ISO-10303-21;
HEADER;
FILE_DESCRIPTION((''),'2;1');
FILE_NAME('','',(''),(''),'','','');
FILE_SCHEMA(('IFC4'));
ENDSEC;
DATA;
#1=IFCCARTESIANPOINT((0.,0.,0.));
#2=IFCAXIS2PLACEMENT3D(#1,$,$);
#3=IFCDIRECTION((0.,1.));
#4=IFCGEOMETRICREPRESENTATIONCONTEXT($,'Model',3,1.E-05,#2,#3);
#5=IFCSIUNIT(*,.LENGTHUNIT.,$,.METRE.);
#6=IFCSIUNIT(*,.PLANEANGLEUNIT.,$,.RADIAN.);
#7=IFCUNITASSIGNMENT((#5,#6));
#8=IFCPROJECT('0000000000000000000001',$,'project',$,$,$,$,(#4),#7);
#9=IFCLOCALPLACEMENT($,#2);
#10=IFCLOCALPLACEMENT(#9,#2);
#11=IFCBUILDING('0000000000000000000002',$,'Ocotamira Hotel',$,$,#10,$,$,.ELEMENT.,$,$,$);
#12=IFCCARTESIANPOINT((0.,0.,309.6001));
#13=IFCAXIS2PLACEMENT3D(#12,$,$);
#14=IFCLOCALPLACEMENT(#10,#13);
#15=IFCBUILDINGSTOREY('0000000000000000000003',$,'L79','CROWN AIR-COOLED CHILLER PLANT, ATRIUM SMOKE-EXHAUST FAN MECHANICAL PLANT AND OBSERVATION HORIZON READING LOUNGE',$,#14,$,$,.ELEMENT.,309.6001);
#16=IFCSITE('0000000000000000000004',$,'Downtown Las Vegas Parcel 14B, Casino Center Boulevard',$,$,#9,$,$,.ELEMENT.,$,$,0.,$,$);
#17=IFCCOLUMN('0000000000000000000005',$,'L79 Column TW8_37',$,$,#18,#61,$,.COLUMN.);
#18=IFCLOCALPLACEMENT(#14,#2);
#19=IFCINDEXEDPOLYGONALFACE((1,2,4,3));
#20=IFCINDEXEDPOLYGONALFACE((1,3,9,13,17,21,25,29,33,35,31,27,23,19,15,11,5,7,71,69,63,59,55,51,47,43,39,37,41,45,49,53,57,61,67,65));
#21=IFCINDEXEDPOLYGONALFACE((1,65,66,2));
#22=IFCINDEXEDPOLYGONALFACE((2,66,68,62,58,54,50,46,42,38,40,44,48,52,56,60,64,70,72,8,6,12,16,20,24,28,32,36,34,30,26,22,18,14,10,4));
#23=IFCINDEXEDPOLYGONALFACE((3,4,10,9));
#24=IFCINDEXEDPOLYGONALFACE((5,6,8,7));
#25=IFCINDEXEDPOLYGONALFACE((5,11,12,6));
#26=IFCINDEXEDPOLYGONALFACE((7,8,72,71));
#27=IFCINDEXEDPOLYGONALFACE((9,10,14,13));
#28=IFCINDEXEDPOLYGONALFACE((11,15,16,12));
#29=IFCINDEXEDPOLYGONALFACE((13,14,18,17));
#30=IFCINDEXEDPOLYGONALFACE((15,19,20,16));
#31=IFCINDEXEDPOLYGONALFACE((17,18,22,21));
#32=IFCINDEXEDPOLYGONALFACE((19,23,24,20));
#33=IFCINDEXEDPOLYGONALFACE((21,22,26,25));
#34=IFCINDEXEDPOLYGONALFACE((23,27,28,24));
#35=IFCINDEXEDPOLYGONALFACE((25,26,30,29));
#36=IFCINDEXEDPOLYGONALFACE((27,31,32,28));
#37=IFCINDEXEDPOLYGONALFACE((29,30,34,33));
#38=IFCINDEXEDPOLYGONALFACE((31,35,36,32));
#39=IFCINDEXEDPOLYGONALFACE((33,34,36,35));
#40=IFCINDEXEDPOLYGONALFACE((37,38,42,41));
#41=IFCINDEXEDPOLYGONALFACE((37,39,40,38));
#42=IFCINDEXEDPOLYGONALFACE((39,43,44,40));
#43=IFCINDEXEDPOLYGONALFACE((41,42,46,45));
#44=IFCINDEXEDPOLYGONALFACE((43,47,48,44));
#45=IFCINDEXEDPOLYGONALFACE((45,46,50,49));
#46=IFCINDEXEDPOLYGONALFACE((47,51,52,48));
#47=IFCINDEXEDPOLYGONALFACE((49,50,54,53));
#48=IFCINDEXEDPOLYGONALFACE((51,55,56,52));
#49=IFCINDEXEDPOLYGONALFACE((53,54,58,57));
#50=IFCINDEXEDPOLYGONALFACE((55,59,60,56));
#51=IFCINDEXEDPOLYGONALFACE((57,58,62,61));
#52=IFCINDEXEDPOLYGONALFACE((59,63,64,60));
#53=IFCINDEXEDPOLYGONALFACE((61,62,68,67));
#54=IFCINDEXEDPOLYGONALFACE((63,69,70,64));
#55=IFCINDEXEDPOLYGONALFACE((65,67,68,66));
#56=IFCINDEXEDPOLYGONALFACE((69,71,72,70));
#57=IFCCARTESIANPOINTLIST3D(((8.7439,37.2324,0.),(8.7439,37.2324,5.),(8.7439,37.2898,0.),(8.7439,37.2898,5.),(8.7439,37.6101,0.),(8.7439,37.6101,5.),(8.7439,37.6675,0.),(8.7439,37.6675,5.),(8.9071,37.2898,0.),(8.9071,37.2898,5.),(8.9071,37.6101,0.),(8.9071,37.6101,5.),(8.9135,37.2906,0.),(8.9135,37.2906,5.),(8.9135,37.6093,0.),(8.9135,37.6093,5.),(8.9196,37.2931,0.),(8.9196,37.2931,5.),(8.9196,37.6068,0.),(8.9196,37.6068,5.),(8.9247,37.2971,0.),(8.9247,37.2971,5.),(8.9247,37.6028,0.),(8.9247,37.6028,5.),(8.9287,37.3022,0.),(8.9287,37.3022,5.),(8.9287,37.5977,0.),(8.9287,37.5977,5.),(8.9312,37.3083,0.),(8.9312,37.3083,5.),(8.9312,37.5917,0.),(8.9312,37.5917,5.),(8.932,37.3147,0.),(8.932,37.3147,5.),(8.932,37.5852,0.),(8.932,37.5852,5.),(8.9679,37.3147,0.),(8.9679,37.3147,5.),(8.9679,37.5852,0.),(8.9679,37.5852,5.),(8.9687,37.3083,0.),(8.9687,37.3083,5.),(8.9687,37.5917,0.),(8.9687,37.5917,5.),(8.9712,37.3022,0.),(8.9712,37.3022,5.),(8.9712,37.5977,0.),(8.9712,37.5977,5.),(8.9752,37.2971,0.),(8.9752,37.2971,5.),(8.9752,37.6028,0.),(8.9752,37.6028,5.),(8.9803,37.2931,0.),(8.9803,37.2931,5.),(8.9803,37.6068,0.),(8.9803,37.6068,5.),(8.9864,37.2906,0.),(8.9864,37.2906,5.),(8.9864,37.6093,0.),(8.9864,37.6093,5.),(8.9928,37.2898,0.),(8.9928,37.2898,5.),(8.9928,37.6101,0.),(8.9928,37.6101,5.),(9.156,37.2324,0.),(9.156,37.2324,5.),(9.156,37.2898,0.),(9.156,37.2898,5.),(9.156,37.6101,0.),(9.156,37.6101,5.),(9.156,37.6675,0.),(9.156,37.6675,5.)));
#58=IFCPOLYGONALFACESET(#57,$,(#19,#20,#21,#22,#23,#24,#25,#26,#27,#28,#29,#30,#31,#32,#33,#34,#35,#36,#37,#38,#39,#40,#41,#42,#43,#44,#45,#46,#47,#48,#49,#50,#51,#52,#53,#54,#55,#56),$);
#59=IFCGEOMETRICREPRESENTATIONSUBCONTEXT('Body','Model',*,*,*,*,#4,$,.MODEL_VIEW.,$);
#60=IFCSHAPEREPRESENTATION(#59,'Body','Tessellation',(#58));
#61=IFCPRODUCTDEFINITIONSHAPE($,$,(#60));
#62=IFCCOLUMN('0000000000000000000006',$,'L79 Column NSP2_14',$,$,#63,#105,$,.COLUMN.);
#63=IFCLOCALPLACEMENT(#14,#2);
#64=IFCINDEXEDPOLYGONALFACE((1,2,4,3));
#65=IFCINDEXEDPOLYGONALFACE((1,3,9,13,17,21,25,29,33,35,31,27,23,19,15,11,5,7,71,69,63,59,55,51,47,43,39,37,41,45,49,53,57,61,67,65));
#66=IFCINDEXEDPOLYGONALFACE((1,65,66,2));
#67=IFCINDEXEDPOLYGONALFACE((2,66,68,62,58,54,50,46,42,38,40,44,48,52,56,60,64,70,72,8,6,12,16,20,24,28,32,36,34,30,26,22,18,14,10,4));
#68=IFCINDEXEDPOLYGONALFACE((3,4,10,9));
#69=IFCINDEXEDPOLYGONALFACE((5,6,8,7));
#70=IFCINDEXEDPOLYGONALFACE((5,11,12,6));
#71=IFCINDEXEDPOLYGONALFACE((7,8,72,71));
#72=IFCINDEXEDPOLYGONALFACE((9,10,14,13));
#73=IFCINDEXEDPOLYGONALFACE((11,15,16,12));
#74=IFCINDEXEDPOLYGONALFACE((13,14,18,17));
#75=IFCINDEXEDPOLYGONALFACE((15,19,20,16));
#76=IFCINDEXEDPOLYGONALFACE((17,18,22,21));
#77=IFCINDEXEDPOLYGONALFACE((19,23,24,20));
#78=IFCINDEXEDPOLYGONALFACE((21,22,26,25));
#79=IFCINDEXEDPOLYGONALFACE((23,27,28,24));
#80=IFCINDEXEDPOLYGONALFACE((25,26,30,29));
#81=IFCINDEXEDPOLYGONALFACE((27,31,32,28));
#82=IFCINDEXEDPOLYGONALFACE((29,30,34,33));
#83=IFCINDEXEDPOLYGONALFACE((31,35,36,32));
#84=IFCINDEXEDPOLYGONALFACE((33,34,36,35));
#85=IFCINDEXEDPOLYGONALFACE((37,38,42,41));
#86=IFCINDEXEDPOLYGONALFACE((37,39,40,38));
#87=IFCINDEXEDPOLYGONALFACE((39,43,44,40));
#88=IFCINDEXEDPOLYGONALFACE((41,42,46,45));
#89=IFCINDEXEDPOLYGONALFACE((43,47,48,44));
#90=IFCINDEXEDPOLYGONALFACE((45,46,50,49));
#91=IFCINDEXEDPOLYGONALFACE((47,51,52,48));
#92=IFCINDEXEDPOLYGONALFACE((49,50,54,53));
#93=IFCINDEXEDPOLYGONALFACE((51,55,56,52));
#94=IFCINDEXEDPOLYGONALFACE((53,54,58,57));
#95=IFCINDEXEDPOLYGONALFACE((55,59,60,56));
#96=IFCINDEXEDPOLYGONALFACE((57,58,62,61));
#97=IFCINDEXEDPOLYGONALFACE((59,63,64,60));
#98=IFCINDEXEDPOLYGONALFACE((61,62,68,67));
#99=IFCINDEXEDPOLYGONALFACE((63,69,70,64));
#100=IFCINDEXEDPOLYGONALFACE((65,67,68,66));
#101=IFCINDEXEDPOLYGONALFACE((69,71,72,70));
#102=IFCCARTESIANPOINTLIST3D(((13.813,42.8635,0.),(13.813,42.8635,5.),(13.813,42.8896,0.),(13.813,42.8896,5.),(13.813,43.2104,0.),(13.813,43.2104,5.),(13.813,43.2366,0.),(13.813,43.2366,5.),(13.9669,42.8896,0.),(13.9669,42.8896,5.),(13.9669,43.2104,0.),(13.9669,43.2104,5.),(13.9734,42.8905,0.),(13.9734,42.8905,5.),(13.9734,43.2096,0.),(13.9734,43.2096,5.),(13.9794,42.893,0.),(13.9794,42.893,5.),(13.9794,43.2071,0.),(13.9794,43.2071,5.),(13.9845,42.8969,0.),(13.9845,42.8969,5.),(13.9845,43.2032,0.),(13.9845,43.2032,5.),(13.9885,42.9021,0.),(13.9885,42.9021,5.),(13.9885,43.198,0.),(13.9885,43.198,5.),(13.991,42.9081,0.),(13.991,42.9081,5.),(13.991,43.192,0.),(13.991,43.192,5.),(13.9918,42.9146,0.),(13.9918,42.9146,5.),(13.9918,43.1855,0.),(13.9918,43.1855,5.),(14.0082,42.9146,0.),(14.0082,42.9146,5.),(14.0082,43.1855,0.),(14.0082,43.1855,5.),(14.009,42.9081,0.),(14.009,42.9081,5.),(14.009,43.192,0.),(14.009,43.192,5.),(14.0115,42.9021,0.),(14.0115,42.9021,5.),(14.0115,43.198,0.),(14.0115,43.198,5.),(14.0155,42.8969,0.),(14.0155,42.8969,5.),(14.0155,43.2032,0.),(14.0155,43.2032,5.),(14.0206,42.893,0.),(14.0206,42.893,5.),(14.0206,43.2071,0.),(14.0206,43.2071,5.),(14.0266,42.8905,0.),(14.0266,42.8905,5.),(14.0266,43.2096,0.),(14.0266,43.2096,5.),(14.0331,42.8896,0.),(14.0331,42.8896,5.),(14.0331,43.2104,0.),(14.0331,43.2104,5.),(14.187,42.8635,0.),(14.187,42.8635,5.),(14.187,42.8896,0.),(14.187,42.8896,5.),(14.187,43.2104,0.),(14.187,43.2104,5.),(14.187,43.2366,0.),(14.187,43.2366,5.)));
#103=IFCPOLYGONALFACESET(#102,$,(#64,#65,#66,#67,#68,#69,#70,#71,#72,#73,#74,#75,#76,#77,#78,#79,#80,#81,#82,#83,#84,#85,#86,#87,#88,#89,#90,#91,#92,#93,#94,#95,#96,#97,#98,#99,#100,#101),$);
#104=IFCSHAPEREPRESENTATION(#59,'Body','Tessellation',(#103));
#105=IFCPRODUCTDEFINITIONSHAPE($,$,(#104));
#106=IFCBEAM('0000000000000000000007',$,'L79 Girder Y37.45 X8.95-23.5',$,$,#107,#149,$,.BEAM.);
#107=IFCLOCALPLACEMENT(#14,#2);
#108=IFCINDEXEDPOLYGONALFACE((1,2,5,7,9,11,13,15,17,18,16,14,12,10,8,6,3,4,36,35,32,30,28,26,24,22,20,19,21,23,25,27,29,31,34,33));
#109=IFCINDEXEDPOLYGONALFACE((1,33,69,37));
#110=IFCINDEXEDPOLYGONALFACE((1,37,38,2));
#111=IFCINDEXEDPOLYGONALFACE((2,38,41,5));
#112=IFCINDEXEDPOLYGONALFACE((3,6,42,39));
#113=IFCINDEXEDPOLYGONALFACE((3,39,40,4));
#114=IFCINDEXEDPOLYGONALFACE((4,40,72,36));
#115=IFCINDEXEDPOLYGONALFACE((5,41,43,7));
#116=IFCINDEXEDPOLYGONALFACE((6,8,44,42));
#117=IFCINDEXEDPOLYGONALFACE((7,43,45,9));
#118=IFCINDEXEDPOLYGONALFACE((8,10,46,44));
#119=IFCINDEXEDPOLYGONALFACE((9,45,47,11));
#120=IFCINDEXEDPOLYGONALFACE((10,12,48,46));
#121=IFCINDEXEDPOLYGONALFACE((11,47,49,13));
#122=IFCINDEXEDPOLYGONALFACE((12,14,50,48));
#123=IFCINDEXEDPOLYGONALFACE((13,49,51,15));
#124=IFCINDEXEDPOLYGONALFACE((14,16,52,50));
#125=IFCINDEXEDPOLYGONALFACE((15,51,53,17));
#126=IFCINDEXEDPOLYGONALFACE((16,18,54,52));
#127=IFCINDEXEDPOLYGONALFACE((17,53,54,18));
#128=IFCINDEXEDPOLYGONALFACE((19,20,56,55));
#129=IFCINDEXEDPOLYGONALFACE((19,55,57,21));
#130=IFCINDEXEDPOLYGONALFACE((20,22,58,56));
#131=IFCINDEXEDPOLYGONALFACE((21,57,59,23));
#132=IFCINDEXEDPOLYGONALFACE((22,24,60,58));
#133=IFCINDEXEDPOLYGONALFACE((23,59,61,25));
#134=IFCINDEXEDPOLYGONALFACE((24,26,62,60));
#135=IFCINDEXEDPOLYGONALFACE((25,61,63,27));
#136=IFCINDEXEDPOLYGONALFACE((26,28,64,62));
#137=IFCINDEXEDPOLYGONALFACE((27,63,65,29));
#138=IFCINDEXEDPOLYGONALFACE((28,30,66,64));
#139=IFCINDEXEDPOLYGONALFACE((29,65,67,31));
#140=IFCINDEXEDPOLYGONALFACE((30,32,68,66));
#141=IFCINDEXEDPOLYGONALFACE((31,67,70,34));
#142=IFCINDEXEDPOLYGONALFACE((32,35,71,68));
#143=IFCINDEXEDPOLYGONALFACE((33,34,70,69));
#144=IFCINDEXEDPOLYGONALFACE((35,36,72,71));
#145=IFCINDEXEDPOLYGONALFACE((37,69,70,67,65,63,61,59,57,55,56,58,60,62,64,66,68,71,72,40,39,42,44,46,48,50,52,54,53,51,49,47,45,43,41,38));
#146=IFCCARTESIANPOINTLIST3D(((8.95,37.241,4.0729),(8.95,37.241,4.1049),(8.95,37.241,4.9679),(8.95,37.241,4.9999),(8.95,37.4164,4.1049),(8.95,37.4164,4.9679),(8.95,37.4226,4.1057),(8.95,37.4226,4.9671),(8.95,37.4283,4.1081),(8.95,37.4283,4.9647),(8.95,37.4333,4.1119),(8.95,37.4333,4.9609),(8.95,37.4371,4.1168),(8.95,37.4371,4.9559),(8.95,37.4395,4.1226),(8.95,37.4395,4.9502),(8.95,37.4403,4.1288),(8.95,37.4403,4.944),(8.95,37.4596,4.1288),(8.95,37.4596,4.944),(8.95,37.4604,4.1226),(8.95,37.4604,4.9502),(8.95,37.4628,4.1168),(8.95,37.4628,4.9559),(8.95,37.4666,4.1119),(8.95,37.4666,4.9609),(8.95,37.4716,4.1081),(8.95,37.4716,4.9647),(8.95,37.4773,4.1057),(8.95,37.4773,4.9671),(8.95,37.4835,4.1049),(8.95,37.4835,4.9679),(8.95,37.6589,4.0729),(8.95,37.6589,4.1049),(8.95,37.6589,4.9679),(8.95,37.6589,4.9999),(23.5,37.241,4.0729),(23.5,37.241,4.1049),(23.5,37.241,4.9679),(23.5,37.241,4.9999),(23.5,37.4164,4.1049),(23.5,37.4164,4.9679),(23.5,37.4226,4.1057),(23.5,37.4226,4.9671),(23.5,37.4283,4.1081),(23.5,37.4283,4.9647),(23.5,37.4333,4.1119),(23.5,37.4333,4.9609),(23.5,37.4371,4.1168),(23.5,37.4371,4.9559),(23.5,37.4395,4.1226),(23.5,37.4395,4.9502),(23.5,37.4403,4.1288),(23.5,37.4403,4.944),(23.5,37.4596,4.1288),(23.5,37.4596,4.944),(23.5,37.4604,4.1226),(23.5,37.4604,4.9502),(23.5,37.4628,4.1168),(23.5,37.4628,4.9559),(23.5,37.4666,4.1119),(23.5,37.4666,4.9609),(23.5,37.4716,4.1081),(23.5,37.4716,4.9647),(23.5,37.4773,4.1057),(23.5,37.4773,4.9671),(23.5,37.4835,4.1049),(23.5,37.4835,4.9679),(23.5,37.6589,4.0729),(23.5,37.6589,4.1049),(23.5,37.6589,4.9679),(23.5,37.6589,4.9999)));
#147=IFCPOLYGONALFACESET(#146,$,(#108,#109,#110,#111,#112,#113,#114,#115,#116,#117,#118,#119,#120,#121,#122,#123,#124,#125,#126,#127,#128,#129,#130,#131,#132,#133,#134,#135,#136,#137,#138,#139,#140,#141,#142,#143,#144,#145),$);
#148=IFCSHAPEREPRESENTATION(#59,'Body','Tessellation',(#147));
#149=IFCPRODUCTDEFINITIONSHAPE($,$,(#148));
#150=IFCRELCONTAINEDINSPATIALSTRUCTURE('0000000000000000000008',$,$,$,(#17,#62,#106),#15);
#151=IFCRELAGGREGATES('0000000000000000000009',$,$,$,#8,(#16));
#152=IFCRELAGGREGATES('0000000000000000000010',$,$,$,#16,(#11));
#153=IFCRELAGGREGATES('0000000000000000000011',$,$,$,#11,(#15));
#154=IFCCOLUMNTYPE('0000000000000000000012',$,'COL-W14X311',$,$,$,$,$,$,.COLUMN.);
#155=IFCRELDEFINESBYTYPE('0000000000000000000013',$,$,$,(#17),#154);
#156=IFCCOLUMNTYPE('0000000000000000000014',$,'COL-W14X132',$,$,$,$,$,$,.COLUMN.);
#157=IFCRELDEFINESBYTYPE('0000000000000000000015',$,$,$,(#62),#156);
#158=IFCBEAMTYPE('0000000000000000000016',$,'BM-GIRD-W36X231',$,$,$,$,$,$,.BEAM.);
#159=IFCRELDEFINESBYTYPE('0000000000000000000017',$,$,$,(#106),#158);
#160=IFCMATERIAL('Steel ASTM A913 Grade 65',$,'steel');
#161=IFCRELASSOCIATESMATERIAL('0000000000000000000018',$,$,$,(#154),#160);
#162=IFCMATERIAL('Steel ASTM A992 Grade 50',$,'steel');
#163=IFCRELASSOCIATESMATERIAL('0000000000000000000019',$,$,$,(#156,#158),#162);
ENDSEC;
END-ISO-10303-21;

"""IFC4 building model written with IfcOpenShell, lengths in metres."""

from ifc_helpers import new_model, si_unit, direction, frame, origin, origin_2d, place, context, subcontext, project, spatial, i_section, extrude, source, transform, mapped, material, material_profile, profile_set, type_object, element, save


model = new_model("IFC4")

# Units and contexts
model_context = context("Model", 3, precision=1e-05, world=origin(), true_north=direction((0.0, 1.0)))
body_context = subcontext(model_context, "Body", "Model", "MODEL_VIEW")
ifc_project = project(units=[si_unit("LENGTHUNIT", "METRE"), si_unit("PLANEANGLEUNIT", "RADIAN")], contexts=[model_context])

# Site, building, storey
site_placement = place(None, origin())
site = spatial("IfcSite", under=ifc_project, at=site_placement, Name="Downtown Las Vegas Parcel 14B, Casino Center Boulevard", CompositionType="ELEMENT", RefElevation=0.0)
building_placement = place(site_placement, origin())
building = spatial("IfcBuilding", under=site, at=building_placement, Name="Ocotamira Hotel", CompositionType="ELEMENT")
storey_placement = place(building_placement, frame((0.0, 0.0, 309.6001)))
storey = spatial("IfcBuildingStorey", under=building, at=storey_placement, Name="L79", Description="CROWN AIR-COOLED CHILLER PLANT, ATRIUM SMOKE-EXHAUST FAN MECHANICAL PLANT AND OBSERVATION HORIZON READING LOUNGE", CompositionType="ELEMENT", Elevation=309.6001)

# Columns
ifc_material_1 = material(Name="Steel ASTM A913 Grade 65", Category="steel")
ifc_material_profile_1 = material_profile(ifc_material_1, i_section(OverallWidth=0.4121, OverallDepth=0.4351, WebThickness=0.0359, FlangeThickness=0.0574, FilletRadius=0.0249, at=origin_2d()), Name="W14X311")
ifc_profile_set_1 = profile_set([ifc_material_profile_1], Name="Steel ASTM A913 Grade 65")
column_type_1 = type_object("IfcColumnType", Name="COL-W14X311", PredefinedType="COLUMN", material=ifc_profile_set_1)
shared_shape_1 = source(origin(), body_context, "Body", "SweptSolid", [
    extrude(i_section(OverallWidth=0.4121, OverallDepth=0.4351, WebThickness=0.0359, FlangeThickness=0.0574, FilletRadius=0.0249, at=origin_2d()), origin(), (0.0, 0.0, 1.0), 5.0),
])
column_1_placement = place(storey_placement, frame((8.95, 37.45, 0.0), z_axis=(0.0, 0.0, 1.0), x_axis=(1.0, 0.0, 0.0)))
element("IfcColumn", 1, at=column_1_placement, inside=storey, type_object=column_type_1, Name="L79 Column TW8_37", PredefinedType="COLUMN", context=body_context, shape_type="MappedRepresentation", body=[
    mapped(shared_shape_1, transform((0.0, 0.0, 0.0), scale=1.0)),
])
ifc_material_2 = material(Name="Steel ASTM A992 Grade 50", Category="steel")
ifc_material_profile_2 = material_profile(ifc_material_2, i_section(OverallWidth=0.374, OverallDepth=0.373, WebThickness=0.0164, FlangeThickness=0.0261, FilletRadius=0.0249, at=origin_2d()), Name="W14X132")
ifc_profile_set_2 = profile_set([ifc_material_profile_2], Name="Steel ASTM A992 Grade 50")
column_type_2 = type_object("IfcColumnType", Name="COL-W14X132", PredefinedType="COLUMN", material=ifc_profile_set_2)
shared_shape_2 = source(origin(), body_context, "Body", "SweptSolid", [
    extrude(i_section(OverallWidth=0.374, OverallDepth=0.373, WebThickness=0.0164, FlangeThickness=0.0261, FilletRadius=0.0249, at=origin_2d()), origin(), (0.0, 0.0, 1.0), 5.0),
])
column_2_placement = place(storey_placement, frame((14.0, 43.05, 0.0), z_axis=(0.0, 0.0, 1.0), x_axis=(1.0, 0.0, 0.0)))
element("IfcColumn", 2, at=column_2_placement, inside=storey, type_object=column_type_2, Name="L79 Column NSP2_14", PredefinedType="COLUMN", context=body_context, shape_type="MappedRepresentation", body=[
    mapped(shared_shape_2, transform((0.0, 0.0, 0.0), scale=1.0)),
])

# Beam
ifc_material_profile_3 = material_profile(ifc_material_2, i_section(OverallWidth=0.418, OverallDepth=0.927, WebThickness=0.0193, FlangeThickness=0.032, FilletRadius=0.0239, at=origin_2d()), Name="W36X231")
ifc_profile_set_3 = profile_set([ifc_material_profile_3], Name="Steel ASTM A992 Grade 50")
beam_type_1 = type_object("IfcBeamType", Name="BM-GIRD-W36X231", PredefinedType="BEAM", material=ifc_profile_set_3)
shared_shape_3 = source(origin(), body_context, "Body", "SweptSolid", [
    extrude(i_section(OverallWidth=0.418, OverallDepth=0.927, WebThickness=0.0193, FlangeThickness=0.032, FilletRadius=0.0239, at=origin_2d()), origin(), (0.0, 0.0, 1.0), 14.55),
])
beam_1_placement = place(storey_placement, frame((8.95, 37.45, 4.5364), z_axis=(1.0, 0.0, 0.0), x_axis=(0.0, 1.0, 0.0)))
element("IfcBeam", 3, at=beam_1_placement, inside=storey, type_object=beam_type_1, Name="L79 Girder Y37.45 X8.95-23.5", PredefinedType="BEAM", context=body_context, shape_type="MappedRepresentation", body=[
    mapped(shared_shape_3, transform((0.0, 0.0, 0.0), scale=1.0)),
])

save(model, "model.ifc")
